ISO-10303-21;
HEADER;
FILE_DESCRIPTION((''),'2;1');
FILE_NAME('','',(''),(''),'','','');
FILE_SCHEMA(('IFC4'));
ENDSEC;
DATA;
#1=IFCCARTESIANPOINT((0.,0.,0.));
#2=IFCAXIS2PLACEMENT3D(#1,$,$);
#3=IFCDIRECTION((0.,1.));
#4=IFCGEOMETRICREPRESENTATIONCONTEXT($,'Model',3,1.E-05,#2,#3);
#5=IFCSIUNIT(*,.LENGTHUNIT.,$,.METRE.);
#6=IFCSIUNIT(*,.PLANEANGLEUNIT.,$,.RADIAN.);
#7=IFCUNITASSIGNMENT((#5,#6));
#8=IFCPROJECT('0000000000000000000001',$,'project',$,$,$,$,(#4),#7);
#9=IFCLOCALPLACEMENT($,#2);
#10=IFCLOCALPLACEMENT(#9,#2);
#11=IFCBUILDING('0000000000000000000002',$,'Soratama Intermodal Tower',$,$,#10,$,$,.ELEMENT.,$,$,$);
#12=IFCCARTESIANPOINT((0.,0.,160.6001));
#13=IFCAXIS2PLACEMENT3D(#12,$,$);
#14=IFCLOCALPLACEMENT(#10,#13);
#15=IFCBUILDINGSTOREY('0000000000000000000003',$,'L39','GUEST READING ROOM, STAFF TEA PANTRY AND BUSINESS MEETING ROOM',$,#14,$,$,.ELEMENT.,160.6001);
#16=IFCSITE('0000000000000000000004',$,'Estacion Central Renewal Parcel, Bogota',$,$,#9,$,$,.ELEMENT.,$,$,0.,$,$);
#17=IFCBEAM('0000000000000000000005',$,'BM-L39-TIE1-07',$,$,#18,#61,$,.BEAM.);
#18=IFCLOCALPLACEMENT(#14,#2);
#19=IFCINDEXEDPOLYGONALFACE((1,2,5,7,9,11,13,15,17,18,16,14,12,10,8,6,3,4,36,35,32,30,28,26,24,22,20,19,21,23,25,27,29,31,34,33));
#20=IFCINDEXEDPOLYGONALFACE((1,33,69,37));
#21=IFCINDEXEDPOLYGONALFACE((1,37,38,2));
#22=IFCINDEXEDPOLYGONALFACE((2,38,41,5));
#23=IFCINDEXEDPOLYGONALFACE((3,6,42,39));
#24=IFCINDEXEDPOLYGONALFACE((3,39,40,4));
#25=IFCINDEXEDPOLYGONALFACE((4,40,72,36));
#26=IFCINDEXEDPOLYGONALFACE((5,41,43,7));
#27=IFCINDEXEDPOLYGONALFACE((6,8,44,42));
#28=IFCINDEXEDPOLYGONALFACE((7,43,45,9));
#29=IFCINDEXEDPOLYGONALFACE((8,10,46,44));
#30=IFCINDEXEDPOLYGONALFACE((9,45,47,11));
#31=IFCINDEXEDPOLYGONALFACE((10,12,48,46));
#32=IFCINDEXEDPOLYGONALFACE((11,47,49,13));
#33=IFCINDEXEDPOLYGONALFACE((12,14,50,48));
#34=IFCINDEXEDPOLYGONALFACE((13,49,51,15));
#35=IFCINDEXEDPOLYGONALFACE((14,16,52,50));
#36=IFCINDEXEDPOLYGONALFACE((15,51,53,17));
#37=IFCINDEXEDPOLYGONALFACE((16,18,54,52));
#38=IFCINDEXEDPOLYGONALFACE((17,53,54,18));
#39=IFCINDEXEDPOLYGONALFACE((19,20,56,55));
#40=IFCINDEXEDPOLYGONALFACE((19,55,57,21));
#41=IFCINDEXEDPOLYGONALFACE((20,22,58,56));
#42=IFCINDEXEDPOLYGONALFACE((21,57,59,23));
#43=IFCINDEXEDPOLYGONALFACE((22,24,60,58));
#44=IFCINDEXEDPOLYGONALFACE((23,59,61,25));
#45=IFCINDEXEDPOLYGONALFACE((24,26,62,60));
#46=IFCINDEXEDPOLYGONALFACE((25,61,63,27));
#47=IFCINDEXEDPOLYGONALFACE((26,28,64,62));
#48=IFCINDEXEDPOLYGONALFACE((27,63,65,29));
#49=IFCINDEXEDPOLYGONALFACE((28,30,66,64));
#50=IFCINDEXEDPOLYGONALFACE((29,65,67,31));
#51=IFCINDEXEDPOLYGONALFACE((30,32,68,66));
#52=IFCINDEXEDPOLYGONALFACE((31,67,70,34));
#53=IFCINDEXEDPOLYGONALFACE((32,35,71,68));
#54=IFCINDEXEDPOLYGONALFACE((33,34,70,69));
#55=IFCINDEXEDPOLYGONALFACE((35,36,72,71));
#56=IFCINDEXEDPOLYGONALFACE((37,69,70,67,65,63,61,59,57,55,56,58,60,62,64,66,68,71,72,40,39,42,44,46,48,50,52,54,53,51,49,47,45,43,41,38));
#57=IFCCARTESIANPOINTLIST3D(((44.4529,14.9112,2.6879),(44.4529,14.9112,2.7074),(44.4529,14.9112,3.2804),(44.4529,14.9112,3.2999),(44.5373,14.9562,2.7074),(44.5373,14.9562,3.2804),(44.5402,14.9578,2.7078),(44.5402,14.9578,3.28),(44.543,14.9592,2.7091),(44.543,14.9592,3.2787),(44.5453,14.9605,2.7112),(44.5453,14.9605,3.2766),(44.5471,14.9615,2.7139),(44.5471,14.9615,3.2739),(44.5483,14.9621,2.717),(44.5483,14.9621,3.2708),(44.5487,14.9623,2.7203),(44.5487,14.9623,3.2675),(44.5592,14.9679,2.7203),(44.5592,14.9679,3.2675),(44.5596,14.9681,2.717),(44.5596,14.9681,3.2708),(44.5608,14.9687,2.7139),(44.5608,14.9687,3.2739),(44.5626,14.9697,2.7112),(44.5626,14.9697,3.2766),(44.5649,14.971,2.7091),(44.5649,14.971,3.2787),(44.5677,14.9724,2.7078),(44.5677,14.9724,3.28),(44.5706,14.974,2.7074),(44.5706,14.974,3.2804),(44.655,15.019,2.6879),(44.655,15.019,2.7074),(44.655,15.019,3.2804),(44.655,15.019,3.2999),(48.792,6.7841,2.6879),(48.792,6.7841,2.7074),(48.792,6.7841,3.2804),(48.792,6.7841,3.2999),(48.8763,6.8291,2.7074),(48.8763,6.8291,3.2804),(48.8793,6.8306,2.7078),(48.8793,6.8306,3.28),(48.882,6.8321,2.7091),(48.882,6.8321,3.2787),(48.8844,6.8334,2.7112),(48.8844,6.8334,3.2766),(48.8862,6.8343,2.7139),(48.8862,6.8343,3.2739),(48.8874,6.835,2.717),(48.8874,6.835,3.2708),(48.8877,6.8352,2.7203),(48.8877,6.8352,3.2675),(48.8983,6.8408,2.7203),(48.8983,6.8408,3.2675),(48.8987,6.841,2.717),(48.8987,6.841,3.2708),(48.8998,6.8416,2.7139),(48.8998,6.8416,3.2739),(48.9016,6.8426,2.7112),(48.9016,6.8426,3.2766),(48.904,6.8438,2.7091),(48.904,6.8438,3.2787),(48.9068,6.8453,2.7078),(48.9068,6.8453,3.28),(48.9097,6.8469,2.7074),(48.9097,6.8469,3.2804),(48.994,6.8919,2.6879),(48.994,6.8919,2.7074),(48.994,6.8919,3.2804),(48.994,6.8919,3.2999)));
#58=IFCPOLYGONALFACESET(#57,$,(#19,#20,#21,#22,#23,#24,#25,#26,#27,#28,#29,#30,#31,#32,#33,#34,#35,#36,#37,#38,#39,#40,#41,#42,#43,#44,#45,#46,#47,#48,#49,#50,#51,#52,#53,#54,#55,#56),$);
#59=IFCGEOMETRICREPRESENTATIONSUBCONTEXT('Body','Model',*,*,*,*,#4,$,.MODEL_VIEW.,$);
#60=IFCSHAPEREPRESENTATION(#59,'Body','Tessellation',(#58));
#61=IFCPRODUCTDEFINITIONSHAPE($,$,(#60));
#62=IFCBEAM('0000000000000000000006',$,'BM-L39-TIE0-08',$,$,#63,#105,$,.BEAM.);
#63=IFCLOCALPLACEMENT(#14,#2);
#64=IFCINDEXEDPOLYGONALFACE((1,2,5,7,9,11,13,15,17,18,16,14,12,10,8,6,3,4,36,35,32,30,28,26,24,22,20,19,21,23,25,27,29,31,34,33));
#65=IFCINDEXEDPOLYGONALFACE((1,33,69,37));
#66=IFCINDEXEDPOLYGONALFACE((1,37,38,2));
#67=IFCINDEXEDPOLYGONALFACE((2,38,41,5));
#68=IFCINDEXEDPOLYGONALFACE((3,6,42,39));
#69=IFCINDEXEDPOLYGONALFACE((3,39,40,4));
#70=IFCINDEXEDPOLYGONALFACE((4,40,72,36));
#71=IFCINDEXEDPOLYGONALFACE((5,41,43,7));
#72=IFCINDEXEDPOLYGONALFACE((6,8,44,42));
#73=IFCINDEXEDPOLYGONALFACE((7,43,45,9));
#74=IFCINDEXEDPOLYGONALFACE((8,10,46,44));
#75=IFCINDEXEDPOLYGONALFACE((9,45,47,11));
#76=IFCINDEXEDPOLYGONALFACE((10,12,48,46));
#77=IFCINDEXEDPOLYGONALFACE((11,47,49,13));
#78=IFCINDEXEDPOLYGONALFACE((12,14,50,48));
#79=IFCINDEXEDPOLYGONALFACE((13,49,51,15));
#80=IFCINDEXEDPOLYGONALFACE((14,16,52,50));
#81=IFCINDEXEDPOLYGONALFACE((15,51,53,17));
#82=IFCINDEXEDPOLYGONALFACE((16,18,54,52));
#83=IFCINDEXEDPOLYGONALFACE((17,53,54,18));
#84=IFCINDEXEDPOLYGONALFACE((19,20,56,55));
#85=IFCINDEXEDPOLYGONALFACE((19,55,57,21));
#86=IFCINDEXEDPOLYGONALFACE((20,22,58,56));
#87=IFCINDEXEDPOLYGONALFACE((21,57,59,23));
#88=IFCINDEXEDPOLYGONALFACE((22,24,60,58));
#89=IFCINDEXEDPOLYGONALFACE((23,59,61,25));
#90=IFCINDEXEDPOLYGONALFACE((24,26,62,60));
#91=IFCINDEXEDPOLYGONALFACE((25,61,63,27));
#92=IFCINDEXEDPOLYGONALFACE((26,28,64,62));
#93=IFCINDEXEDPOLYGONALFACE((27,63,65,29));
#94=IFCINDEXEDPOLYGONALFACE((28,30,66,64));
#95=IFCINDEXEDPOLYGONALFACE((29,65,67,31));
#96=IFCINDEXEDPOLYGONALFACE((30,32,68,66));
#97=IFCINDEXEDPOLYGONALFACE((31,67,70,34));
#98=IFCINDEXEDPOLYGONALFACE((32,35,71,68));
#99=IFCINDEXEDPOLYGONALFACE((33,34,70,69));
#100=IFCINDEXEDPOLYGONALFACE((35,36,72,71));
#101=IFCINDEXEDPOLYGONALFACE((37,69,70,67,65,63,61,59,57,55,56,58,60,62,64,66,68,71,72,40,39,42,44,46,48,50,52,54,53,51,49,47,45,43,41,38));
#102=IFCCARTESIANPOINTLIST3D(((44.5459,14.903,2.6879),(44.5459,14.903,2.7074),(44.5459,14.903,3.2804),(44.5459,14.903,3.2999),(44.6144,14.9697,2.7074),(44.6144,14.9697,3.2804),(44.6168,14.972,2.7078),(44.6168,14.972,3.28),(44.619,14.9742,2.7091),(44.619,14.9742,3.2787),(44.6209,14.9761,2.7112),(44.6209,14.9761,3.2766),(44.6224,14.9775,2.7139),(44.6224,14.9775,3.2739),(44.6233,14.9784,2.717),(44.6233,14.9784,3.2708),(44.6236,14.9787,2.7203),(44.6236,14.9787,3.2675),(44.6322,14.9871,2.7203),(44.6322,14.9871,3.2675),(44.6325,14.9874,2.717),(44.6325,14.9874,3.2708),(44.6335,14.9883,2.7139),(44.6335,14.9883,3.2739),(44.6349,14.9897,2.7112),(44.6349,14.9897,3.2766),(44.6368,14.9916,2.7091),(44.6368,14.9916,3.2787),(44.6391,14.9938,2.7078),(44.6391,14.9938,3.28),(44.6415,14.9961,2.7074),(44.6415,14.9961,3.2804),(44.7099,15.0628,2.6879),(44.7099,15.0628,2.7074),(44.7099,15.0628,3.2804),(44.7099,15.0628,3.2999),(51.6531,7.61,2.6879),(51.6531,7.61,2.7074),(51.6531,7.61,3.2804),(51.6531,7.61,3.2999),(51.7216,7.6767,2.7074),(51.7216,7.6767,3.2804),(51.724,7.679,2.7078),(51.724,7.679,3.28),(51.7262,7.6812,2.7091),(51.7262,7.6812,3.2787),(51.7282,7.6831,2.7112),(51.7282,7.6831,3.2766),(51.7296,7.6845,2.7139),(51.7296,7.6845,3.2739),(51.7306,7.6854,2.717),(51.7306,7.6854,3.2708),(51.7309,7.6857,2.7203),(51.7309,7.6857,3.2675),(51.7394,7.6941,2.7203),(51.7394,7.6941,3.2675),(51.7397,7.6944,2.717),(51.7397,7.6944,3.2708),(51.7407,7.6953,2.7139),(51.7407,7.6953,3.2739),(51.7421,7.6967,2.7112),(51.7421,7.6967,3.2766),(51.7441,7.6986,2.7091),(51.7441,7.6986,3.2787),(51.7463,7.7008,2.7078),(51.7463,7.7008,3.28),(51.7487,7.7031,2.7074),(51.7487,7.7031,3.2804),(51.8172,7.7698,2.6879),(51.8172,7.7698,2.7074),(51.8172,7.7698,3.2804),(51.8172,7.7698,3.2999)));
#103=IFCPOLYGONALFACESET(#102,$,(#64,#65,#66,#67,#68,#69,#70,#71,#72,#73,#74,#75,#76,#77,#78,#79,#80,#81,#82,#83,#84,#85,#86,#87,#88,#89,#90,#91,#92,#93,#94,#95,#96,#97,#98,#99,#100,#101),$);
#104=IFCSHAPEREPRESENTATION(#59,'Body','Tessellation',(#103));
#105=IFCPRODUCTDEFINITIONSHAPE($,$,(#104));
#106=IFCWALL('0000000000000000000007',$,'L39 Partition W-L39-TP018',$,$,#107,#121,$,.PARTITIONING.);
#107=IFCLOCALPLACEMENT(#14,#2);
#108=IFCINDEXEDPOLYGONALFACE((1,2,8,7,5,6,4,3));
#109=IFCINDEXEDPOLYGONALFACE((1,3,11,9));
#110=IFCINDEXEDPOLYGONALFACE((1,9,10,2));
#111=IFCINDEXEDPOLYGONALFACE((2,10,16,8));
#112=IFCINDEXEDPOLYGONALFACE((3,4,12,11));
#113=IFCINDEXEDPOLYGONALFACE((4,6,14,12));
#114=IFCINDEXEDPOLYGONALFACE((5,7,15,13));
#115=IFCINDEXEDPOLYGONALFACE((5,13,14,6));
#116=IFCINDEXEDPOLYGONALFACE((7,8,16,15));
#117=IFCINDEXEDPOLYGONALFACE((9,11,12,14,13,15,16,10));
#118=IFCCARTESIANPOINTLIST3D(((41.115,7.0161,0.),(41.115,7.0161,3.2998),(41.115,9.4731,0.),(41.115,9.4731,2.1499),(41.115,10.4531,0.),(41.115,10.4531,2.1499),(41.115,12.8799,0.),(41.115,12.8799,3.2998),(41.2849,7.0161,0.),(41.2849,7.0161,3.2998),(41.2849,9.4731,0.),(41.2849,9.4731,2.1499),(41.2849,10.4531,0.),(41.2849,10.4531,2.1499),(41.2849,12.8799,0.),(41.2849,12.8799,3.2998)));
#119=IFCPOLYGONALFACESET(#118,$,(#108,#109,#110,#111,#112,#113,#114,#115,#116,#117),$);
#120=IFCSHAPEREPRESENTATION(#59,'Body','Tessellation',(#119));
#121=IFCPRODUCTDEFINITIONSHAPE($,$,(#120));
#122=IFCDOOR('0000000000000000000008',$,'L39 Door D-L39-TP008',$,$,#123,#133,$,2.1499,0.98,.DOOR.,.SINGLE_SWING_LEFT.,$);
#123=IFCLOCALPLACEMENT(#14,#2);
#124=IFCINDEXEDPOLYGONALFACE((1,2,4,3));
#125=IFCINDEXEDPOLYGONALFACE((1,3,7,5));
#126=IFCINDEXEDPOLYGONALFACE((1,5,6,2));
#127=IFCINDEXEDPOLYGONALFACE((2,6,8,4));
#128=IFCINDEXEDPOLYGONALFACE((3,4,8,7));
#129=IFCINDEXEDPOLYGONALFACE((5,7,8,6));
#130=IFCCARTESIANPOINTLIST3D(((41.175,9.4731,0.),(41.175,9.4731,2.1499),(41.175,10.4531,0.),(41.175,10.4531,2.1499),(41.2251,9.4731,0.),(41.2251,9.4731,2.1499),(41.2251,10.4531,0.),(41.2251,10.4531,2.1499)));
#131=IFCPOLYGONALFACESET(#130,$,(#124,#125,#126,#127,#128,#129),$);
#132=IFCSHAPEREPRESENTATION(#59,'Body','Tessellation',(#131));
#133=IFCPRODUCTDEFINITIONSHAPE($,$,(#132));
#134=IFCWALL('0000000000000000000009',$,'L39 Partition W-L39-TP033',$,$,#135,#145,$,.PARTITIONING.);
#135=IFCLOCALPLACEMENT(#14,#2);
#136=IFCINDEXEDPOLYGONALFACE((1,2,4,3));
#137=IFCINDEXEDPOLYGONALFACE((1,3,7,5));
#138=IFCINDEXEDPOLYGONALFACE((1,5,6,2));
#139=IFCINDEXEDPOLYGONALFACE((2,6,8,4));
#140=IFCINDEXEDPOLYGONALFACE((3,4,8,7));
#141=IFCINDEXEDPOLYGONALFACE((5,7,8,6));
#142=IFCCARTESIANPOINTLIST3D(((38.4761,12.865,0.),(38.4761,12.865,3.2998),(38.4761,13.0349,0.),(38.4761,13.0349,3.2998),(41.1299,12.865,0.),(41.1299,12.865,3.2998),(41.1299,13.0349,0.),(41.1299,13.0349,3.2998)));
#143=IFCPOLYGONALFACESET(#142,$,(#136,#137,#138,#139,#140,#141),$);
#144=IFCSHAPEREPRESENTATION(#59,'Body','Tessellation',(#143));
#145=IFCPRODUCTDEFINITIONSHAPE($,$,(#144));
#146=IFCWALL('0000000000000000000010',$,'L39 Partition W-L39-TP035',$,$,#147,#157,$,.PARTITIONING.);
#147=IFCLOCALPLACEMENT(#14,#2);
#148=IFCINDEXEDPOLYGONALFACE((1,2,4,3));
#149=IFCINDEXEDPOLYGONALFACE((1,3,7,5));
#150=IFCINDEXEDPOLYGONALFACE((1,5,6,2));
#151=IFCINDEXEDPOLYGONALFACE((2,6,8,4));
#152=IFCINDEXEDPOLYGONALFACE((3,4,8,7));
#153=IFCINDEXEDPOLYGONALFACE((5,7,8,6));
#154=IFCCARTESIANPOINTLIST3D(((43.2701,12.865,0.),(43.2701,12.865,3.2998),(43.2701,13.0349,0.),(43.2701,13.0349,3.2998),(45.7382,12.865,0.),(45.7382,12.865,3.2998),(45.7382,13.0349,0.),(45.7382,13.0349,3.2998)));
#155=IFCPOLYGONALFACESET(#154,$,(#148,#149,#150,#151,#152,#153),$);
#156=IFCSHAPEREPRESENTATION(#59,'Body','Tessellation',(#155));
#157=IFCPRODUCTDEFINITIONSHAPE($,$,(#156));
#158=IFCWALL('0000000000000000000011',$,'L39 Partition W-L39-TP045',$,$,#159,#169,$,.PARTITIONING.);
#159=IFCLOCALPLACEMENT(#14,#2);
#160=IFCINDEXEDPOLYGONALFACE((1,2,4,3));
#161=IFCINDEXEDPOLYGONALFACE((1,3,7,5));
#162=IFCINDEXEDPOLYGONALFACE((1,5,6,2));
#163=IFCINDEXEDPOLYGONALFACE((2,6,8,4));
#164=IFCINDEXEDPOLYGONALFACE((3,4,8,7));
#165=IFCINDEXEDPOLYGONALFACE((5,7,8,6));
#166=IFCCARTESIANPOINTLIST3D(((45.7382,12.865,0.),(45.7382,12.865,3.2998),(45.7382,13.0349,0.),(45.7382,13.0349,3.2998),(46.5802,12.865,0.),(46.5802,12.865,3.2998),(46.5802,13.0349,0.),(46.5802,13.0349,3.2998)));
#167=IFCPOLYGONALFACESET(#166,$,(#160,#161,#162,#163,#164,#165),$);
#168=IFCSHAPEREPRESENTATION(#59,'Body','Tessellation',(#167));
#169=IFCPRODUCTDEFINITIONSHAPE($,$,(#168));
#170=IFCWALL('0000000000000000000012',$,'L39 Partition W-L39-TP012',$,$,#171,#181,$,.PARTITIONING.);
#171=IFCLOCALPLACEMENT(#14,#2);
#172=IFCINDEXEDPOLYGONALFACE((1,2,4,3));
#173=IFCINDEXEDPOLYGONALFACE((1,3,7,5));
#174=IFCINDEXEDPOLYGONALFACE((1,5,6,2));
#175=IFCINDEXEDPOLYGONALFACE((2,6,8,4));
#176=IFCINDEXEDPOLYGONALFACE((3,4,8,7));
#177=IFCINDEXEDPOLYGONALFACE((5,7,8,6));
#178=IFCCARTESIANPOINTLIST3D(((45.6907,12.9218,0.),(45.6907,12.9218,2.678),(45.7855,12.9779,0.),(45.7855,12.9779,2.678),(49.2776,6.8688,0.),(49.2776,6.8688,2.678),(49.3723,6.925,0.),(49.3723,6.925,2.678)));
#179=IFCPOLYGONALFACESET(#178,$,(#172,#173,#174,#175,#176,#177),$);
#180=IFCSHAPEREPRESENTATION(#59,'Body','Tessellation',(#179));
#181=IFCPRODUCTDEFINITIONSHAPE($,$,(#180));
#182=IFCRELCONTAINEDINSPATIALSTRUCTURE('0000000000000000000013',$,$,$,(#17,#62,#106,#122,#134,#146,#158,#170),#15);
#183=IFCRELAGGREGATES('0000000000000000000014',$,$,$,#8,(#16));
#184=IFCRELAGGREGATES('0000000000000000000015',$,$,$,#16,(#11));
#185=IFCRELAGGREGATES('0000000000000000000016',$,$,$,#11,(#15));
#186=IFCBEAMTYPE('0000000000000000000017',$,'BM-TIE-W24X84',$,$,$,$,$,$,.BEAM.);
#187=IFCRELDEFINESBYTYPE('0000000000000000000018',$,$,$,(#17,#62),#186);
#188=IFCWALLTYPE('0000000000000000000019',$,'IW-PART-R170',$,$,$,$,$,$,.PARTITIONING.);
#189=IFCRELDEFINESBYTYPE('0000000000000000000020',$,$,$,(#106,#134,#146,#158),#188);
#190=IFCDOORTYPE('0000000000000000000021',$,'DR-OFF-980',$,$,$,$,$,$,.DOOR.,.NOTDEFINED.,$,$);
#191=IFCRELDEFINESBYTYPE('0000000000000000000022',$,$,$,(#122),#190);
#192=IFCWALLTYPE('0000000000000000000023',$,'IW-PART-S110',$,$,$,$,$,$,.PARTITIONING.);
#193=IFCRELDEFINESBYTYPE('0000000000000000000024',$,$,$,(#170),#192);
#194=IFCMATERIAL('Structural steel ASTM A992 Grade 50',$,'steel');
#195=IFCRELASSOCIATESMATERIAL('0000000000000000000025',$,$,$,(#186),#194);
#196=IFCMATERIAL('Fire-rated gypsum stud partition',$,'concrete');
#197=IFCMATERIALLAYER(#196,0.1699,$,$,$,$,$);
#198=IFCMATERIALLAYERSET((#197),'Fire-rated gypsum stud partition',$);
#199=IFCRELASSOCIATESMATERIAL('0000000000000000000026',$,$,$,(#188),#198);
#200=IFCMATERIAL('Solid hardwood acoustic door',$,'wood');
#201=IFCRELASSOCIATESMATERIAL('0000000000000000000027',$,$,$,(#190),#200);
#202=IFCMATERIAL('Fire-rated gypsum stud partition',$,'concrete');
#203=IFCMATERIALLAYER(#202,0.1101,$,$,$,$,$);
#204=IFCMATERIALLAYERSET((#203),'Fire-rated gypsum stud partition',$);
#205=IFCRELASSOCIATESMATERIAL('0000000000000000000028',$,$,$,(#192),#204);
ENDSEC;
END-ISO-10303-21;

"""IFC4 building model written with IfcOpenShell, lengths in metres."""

from ifc_helpers import new_model, si_unit, direction, frame, frame_2d, origin, origin_2d, place, context, subcontext, project, spatial, rectangle, i_section, extrude, material, layer, layer_set, material_profile, profile_set, type_object, element, fill, save


model = new_model("IFC4")

# Units and contexts
model_context = context("Model", 3, precision=1e-05, world=origin(), true_north=direction((0.0, 1.0)))
body_context = subcontext(model_context, "Body", "Model", "MODEL_VIEW")
ifc_project = project(units=[si_unit("LENGTHUNIT", "METRE"), si_unit("PLANEANGLEUNIT", "RADIAN")], contexts=[model_context])

# Site, building, storey
site_placement = place(None, origin())
site = spatial("IfcSite", under=ifc_project, at=site_placement, Name="Estacion Central Renewal Parcel, Bogota", CompositionType="ELEMENT", RefElevation=0.0)
building_placement = place(site_placement, origin())
building = spatial("IfcBuilding", under=site, at=building_placement, Name="Soratama Intermodal Tower", CompositionType="ELEMENT")
storey_placement = place(building_placement, frame((0.0, 0.0, 160.6001)))
storey = spatial("IfcBuildingStorey", under=building, at=storey_placement, Name="L39", Description="GUEST READING ROOM, STAFF TEA PANTRY AND BUSINESS MEETING ROOM", CompositionType="ELEMENT", Elevation=160.6001)

# Beams
ifc_material_1 = material(Name="Structural steel ASTM A992 Grade 50", Category="steel")
ifc_material_profile_1 = material_profile(ifc_material_1, i_section(OverallWidth=0.229, OverallDepth=0.6121, WebThickness=0.012, FlangeThickness=0.0195, FilletRadius=0.0129, at=origin_2d()), Name="W24X84")
ifc_profile_set_1 = profile_set([ifc_material_profile_1], Name="Structural steel ASTM A992 Grade 50")
beam_type_1 = type_object("IfcBeamType", Name="BM-TIE-W24X84", PredefinedType="BEAM", material=ifc_profile_set_1)
beam_1_placement = place(storey_placement, frame((44.554, 14.9651, 2.9939), z_axis=(0.470977, -0.882145, 0.0), x_axis=(0.882145, 0.470977, 0.0)))
element("IfcBeam", 1, at=beam_1_placement, inside=storey, type_object=beam_type_1, Name="BM-L39-TIE1-07", PredefinedType="BEAM", context=body_context, shape_type="SweptSolid", body=[
    extrude(i_section(OverallWidth=0.229, OverallDepth=0.6121, WebThickness=0.012, FlangeThickness=0.0195, FilletRadius=0.0129, at=origin_2d()), origin(), (0.0, 0.0, 1.0), 9.2129),
])
beam_2_placement = place(storey_placement, frame((44.6279, 14.9829, 2.9939), z_axis=(0.697926, -0.71617, 0.0), x_axis=(0.71617, 0.697926, 0.0)))
element("IfcBeam", 2, at=beam_2_placement, inside=storey, type_object=beam_type_1, Name="BM-L39-TIE0-08", PredefinedType="BEAM", context=body_context, shape_type="SweptSolid", body=[
    extrude(i_section(OverallWidth=0.229, OverallDepth=0.6121, WebThickness=0.012, FlangeThickness=0.0195, FilletRadius=0.0129, at=origin_2d()), origin(), (0.0, 0.0, 1.0), 10.1833),
])

# Wall, opening, door
ifc_material_2 = material(Name="Fire-rated gypsum stud partition", Category="concrete")
ifc_layer_1 = layer(ifc_material_2, 0.1699)
ifc_layer_set_1 = layer_set([ifc_layer_1], Name="Fire-rated gypsum stud partition")
wall_type_1 = type_object("IfcWallType", Name="IW-PART-R170", PredefinedType="PARTITIONING", material=ifc_layer_set_1)
ifc_material_3 = material(Name="Solid hardwood acoustic door", Category="wood")
door_type = type_object("IfcDoorType", Name="DR-OFF-980", OperationType="NOTDEFINED", PredefinedType="DOOR", material=ifc_material_3)
wall_1_placement = place(storey_placement, frame((41.2, 7.0161, 0.0), z_axis=(0.0, 0.0, 1.0), x_axis=(0.0, 1.0, 0.0)))
wall_1 = element("IfcWall", 3, at=wall_1_placement, inside=storey, type_object=wall_type_1, Name="L39 Partition W-L39-TP018", PredefinedType="PARTITIONING", context=body_context, shape_type="SweptSolid", body=[
    extrude(rectangle(XDim=5.8638, YDim=0.1699, at=frame_2d((2.9319, 0.0))), origin(), (0.0, 0.0, 1.0), 3.2998),
])
opening_1_placement = place(wall_1_placement, frame((2.457, 0.0, 0.0)))
opening_1 = element("IfcOpeningElement", 4, at=opening_1_placement, cuts=wall_1, PredefinedType="OPENING", context=body_context, shape_type="SweptSolid", body=[
    extrude(rectangle(XDim=0.98, YDim=2.1499, at=frame_2d((0.49, 1.075))), frame((0.0, 0.095, 0.0), z_axis=(0.0, -1.0, 0.0), x_axis=(1.0, 0.0, 0.0)), (0.0, 0.0, 1.0), 0.1899),
])
door_1_placement = place(opening_1_placement, origin())
door_1 = element("IfcDoor", 5, at=door_1_placement, inside=storey, type_object=door_type, Name="L39 Door D-L39-TP008", OperationType="SINGLE_SWING_LEFT", OverallHeight=2.1499, OverallWidth=0.98, PredefinedType="DOOR", context=body_context, shape_type="SweptSolid", body=[
    extrude(rectangle(XDim=0.98, YDim=2.1499, at=frame_2d((0.49, 1.075))), frame((0.0, 0.0249, 0.0), z_axis=(0.0, -1.0, 0.0), x_axis=(1.0, 0.0, 0.0)), (0.0, 0.0, 1.0), 0.05),
])
fill(opening_1, door_1)

# Walls
wall_2_placement = place(storey_placement, frame((41.1299, 12.95, 0.0), z_axis=(0.0, 0.0, 1.0), x_axis=(-1.0, 0.0, 0.0)))
element("IfcWall", 6, at=wall_2_placement, inside=storey, type_object=wall_type_1, Name="L39 Partition W-L39-TP033", PredefinedType="PARTITIONING", context=body_context, shape_type="SweptSolid", body=[
    extrude(rectangle(XDim=2.6538, YDim=0.1699, at=frame_2d((1.3269, 0.0))), origin(), (0.0, 0.0, 1.0), 3.2998),
])
wall_3_placement = place(storey_placement, frame((45.738, 12.95, 0.0), z_axis=(0.0, 0.0, 1.0), x_axis=(-1.0, 0.0, 0.0)))
element("IfcWall", 7, at=wall_3_placement, inside=storey, type_object=wall_type_1, Name="L39 Partition W-L39-TP035", PredefinedType="PARTITIONING", context=body_context, shape_type="SweptSolid", body=[
    extrude(rectangle(XDim=2.468, YDim=0.1699, at=frame_2d((1.2339, 0.0))), origin(), (0.0, 0.0, 1.0), 3.2998),
])
wall_4_placement = place(storey_placement, frame((46.5801, 12.95, 0.0), z_axis=(0.0, 0.0, 1.0), x_axis=(-1.0, 0.0, 0.0)))
element("IfcWall", 8, at=wall_4_placement, inside=storey, type_object=wall_type_1, Name="L39 Partition W-L39-TP045", PredefinedType="PARTITIONING", context=body_context, shape_type="SweptSolid", body=[
    extrude(rectangle(XDim=0.842, YDim=0.1699, at=frame_2d((0.4209, 0.0))), origin(), (0.0, 0.0, 1.0), 3.2998),
])
ifc_material_4 = material(Name="Fire-rated gypsum stud partition", Category="concrete")
ifc_layer_2 = layer(ifc_material_4, 0.1101)
ifc_layer_set_2 = layer_set([ifc_layer_2], Name="Fire-rated gypsum stud partition")
wall_type_2 = type_object("IfcWallType", Name="IW-PART-S110", PredefinedType="PARTITIONING", material=ifc_layer_set_2)
wall_5_placement = place(storey_placement, frame((45.738, 12.95, 0.0), z_axis=(0.0, 0.0, 1.0), x_axis=(0.509799, -0.860294, 0.0)))
element("IfcWall", 9, at=wall_5_placement, inside=storey, type_object=wall_type_2, Name="L39 Partition W-L39-TP012", PredefinedType="PARTITIONING", context=body_context, shape_type="SweptSolid", body=[
    extrude(rectangle(XDim=7.0359, YDim=0.1101, at=frame_2d((3.5181, 0.0))), origin(), (0.0, 0.0, 1.0), 2.678),
])

save(model, "model.ifc")
